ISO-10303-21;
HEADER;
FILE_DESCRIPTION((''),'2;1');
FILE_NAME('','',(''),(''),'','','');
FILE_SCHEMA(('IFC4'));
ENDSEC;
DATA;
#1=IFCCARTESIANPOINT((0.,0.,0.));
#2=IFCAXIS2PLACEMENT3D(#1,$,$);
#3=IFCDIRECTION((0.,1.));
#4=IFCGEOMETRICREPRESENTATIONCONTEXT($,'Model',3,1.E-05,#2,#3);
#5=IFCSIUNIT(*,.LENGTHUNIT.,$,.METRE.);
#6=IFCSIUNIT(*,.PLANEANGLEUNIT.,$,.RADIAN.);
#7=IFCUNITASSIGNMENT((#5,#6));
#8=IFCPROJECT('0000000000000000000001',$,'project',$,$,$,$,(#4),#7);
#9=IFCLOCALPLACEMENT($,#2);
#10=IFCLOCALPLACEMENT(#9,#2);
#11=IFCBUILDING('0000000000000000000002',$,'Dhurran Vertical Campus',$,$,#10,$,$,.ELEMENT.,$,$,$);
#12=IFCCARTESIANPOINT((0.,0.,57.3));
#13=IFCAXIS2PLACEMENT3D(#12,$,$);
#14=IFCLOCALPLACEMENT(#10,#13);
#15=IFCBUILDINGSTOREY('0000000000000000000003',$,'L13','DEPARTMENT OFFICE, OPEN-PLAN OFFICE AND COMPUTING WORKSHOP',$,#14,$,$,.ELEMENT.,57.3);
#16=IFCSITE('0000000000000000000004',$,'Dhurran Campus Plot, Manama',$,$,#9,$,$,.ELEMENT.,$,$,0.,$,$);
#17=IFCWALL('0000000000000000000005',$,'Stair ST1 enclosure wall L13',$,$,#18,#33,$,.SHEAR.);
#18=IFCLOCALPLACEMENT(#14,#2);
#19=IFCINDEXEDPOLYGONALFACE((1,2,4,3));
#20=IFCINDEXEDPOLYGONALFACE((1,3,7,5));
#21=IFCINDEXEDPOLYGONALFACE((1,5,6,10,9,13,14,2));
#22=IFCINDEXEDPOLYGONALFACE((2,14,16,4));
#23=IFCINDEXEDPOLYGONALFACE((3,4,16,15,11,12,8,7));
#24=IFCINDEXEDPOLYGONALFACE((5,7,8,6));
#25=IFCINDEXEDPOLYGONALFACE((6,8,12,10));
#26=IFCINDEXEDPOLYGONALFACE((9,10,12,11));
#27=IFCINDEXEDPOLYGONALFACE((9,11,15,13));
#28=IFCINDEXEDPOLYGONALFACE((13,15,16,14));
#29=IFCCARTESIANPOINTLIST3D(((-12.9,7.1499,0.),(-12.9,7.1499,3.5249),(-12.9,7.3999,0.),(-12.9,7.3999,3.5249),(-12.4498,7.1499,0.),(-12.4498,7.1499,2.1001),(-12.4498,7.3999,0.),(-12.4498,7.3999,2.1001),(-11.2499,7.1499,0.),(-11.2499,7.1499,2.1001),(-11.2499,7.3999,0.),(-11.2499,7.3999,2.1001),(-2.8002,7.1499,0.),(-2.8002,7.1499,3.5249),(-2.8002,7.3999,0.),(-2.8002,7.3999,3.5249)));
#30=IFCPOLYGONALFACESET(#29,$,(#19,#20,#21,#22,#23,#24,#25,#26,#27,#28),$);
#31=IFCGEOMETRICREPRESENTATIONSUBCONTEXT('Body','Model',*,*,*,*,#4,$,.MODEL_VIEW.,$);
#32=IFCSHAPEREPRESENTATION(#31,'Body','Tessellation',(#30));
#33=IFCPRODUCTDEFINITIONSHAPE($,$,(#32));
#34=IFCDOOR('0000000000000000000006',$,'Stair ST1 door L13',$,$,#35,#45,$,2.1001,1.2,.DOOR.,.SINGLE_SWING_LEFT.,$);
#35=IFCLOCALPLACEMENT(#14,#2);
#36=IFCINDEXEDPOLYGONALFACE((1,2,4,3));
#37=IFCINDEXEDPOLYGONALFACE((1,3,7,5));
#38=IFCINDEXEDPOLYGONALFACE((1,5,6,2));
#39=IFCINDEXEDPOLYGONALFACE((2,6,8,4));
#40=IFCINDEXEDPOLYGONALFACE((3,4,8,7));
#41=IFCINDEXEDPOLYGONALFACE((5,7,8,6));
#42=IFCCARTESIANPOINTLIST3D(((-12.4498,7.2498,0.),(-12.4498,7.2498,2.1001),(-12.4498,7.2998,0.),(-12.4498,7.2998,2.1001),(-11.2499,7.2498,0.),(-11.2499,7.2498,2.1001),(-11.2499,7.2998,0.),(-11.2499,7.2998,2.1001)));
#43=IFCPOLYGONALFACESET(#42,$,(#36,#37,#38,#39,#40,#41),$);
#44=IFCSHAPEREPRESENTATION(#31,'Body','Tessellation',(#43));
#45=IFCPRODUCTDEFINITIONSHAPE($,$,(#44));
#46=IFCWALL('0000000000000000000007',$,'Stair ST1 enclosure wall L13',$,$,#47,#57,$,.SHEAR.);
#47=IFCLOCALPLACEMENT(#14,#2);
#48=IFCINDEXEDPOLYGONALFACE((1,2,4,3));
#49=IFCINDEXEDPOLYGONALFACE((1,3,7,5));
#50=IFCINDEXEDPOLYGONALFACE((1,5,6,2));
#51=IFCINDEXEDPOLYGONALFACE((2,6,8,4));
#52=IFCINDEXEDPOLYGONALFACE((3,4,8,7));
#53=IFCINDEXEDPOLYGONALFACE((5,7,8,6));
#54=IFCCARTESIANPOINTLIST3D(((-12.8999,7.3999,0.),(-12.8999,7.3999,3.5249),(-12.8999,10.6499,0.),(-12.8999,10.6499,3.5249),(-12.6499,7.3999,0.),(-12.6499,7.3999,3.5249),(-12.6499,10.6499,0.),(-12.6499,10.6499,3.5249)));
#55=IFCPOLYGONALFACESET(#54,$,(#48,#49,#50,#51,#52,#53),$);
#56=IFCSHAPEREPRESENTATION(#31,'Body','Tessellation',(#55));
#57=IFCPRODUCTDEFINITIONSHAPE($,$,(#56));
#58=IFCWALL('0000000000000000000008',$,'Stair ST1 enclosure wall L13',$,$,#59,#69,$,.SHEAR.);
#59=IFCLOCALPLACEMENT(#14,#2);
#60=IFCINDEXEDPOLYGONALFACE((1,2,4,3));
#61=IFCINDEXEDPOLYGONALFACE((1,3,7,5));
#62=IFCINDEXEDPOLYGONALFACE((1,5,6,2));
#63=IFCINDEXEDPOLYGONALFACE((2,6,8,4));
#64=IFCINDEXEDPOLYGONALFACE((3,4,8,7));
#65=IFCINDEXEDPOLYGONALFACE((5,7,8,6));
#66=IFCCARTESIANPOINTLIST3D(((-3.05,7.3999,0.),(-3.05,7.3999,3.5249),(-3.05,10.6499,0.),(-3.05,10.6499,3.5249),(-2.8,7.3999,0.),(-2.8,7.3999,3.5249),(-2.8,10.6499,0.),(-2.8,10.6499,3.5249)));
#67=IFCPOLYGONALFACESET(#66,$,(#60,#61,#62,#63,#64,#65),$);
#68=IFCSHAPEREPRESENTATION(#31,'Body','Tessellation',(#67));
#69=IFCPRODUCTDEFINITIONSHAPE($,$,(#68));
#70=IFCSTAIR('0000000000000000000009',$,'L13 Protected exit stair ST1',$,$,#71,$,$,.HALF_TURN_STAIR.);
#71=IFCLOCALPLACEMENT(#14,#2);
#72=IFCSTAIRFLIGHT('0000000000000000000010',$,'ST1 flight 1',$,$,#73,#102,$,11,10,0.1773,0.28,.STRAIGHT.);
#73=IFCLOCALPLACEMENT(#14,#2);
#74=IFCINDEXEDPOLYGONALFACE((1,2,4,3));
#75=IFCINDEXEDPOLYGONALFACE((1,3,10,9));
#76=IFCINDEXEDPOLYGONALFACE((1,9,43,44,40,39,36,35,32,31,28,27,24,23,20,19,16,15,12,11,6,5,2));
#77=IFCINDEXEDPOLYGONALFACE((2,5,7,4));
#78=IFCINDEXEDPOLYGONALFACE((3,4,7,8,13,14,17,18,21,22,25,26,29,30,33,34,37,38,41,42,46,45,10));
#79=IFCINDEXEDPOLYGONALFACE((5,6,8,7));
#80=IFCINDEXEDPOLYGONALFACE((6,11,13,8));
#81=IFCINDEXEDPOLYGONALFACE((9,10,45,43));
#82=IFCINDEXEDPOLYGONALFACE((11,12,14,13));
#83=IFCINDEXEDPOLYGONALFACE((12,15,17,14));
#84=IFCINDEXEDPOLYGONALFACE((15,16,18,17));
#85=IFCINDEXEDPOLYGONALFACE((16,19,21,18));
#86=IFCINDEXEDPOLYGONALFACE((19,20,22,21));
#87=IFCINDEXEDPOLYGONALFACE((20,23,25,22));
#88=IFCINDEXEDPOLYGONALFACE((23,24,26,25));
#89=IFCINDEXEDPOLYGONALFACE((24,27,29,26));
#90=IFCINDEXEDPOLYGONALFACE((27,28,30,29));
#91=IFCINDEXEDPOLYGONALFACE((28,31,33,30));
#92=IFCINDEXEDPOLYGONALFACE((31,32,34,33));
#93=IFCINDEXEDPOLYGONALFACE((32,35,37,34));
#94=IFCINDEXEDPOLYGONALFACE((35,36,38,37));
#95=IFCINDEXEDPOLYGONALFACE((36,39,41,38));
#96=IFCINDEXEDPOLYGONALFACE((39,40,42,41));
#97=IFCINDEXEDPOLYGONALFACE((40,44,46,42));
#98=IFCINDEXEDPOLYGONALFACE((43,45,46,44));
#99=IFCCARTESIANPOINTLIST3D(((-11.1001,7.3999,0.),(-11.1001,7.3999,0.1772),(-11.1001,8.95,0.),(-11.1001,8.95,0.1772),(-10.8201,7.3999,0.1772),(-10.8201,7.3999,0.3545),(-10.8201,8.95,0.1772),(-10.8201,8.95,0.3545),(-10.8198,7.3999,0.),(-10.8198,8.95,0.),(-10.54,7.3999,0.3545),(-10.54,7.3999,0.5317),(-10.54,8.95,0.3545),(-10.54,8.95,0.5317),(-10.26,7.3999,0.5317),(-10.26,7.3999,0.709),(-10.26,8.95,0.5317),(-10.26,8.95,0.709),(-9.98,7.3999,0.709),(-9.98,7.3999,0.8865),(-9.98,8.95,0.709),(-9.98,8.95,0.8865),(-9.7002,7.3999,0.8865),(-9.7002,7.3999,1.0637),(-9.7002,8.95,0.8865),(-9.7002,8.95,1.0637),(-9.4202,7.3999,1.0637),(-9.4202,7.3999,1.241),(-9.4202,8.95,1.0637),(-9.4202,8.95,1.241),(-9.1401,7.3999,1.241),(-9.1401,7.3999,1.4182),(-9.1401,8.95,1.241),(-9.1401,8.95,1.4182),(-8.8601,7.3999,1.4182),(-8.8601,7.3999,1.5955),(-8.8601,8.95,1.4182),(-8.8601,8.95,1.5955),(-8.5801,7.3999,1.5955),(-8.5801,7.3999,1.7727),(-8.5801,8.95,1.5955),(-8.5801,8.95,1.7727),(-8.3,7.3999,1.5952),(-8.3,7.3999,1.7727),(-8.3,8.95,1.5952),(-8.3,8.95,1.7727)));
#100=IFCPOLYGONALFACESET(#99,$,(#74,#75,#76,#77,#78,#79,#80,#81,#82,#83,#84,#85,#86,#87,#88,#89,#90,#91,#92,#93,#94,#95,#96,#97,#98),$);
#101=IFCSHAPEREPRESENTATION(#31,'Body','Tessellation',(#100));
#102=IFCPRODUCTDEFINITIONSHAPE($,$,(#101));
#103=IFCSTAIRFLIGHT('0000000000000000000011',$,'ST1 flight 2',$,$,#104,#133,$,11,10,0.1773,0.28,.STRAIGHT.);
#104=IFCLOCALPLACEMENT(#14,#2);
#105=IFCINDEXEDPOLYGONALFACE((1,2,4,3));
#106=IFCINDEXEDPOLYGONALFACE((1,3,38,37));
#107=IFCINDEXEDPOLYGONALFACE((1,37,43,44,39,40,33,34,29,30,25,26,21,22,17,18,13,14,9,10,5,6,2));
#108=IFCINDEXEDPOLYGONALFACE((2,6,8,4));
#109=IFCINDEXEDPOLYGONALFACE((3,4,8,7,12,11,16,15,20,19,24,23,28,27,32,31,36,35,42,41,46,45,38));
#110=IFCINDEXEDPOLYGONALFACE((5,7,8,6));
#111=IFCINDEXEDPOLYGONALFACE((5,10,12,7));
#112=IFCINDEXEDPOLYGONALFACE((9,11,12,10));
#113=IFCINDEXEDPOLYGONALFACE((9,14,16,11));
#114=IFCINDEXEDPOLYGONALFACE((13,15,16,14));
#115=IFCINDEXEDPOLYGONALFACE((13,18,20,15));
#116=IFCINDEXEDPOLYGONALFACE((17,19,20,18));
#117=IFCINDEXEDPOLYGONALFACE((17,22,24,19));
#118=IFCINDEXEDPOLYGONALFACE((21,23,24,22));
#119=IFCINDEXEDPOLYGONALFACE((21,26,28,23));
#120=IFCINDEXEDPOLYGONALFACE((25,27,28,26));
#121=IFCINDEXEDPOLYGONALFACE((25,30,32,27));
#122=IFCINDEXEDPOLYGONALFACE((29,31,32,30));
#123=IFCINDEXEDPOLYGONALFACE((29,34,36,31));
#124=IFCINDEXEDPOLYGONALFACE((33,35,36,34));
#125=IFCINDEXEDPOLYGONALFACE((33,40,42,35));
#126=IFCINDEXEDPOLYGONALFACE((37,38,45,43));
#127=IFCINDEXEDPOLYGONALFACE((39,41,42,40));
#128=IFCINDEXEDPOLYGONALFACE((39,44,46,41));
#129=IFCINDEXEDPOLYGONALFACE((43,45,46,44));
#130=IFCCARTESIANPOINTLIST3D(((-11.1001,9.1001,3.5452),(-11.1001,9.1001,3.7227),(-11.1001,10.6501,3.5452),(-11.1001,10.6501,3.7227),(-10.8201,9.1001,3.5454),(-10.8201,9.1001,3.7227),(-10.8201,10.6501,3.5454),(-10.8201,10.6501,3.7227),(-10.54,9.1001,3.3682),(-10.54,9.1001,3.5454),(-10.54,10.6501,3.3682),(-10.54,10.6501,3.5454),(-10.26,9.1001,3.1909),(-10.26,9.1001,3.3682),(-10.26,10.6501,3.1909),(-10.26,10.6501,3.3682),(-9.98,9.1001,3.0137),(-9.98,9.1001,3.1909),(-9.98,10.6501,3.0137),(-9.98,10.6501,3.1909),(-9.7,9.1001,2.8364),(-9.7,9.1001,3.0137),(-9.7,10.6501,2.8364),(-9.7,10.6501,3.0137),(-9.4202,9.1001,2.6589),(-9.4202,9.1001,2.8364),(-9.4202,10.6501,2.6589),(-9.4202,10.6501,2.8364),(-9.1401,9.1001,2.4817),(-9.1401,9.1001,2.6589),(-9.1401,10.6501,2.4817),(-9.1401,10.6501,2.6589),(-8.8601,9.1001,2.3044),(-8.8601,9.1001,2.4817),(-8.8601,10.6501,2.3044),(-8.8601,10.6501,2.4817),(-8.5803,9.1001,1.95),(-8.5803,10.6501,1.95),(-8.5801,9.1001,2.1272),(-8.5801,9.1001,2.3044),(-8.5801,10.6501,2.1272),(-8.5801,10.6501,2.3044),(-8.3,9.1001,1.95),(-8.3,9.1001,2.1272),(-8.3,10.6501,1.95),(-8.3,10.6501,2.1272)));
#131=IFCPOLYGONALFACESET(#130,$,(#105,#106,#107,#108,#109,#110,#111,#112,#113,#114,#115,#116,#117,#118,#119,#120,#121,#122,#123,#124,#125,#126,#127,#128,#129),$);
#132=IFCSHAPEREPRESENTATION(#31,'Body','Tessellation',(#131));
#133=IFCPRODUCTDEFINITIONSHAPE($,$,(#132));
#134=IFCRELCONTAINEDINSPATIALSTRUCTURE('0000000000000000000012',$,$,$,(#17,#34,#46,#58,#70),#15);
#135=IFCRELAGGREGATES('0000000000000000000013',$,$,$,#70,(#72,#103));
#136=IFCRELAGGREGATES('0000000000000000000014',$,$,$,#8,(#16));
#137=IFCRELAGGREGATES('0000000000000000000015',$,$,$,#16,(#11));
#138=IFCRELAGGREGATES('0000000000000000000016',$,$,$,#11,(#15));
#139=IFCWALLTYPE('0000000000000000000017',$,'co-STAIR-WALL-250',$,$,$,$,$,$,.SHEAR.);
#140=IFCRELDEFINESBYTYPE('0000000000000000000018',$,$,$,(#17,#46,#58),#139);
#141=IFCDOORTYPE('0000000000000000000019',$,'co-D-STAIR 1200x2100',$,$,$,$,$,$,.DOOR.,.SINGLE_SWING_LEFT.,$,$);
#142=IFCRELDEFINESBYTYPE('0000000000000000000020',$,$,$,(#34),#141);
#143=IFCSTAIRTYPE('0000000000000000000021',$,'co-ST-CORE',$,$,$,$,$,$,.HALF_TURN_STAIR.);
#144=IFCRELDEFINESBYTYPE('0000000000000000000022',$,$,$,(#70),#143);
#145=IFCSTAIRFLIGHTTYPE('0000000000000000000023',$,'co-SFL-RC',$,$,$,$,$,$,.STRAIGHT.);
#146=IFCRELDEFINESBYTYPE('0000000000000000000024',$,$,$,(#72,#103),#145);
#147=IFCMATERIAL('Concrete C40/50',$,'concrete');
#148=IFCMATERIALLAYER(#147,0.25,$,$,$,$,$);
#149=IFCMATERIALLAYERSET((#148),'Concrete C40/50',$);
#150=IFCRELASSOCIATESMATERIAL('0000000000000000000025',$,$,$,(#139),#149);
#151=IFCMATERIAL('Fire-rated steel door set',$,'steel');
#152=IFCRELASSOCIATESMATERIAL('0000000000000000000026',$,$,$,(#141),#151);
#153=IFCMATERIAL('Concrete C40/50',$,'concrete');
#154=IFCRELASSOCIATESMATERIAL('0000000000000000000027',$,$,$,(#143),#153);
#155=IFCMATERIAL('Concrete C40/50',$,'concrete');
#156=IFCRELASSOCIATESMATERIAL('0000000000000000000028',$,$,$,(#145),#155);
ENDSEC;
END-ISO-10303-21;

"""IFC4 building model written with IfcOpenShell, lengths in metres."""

from ifc_helpers import new_model, si_unit, direction, frame, frame_2d, origin, place, context, subcontext, project, spatial, polyline, rectangle, outline, extrude, material, layer, layer_set, type_object, element, fill, aggregate, save


model = new_model("IFC4")

# Units and contexts
model_context = context("Model", 3, precision=1e-05, world=origin(), true_north=direction((0.0, 1.0)))
body_context = subcontext(model_context, "Body", "Model", "MODEL_VIEW")
ifc_project = project(units=[si_unit("LENGTHUNIT", "METRE"), si_unit("PLANEANGLEUNIT", "RADIAN")], contexts=[model_context])

# Site, building, storey
site_placement = place(None, origin())
site = spatial("IfcSite", under=ifc_project, at=site_placement, Name="Dhurran Campus Plot, Manama", CompositionType="ELEMENT", RefElevation=0.0)
building_placement = place(site_placement, origin())
building = spatial("IfcBuilding", under=site, at=building_placement, Name="Dhurran Vertical Campus", CompositionType="ELEMENT")
storey_placement = place(building_placement, frame((0.0, 0.0, 57.3)))
storey = spatial("IfcBuildingStorey", under=building, at=storey_placement, Name="L13", Description="DEPARTMENT OFFICE, OPEN-PLAN OFFICE AND COMPUTING WORKSHOP", CompositionType="ELEMENT", Elevation=57.3)

# Wall, opening, door
ifc_material_1 = material(Name="Concrete C40/50", Category="concrete")
ifc_layer_1 = layer(ifc_material_1, 0.25)
ifc_layer_set_1 = layer_set([ifc_layer_1], Name="Concrete C40/50")
wall_type_1 = type_object("IfcWallType", Name="co-STAIR-WALL-250", PredefinedType="SHEAR", material=ifc_layer_set_1)
wall_1_placement = place(storey_placement, frame((-12.8999, 7.2749, 0.0), z_axis=(0.0, 0.0, 1.0), x_axis=(1.0, 0.0, 0.0)))
wall_1 = element("IfcWall", 1, at=wall_1_placement, inside=storey, type_object=wall_type_1, Name="Stair ST1 enclosure wall L13", PredefinedType="SHEAR", context=body_context, shape_type="SweptSolid", body=[
    extrude(rectangle(XDim=10.0999, YDim=0.25, at=frame_2d((5.0498, 0.0))), origin(), (0.0, 0.0, 1.0), 3.5249),
])
opening_1_placement = place(wall_1_placement, frame((0.45, 0.0, 0.0)))
opening_1 = element("IfcOpeningElement", 2, at=opening_1_placement, cuts=wall_1, PredefinedType="OPENING", context=body_context, shape_type="SweptSolid", body=[
    extrude(rectangle(XDim=1.2, YDim=2.1001, at=frame_2d((0.6001, 1.05))), frame((0.0, 0.135, 0.0), z_axis=(0.0, -1.0, 0.0), x_axis=(1.0, 0.0, 0.0)), (0.0, 0.0, 1.0), 0.27),
])
ifc_material_2 = material(Name="Fire-rated steel door set", Category="steel")
door_type_1 = type_object("IfcDoorType", Name="co-D-STAIR 1200x2100", OperationType="SINGLE_SWING_LEFT", PredefinedType="DOOR", material=ifc_material_2)
door_1_placement = place(opening_1_placement, origin())
door_1 = element("IfcDoor", 3, at=door_1_placement, inside=storey, type_object=door_type_1, Name="Stair ST1 door L13", OperationType="SINGLE_SWING_LEFT", OverallHeight=2.1001, OverallWidth=1.2, PredefinedType="DOOR", context=body_context, shape_type="SweptSolid", body=[
    extrude(rectangle(XDim=1.2, YDim=2.1001, at=frame_2d((0.6001, 1.05))), frame((0.0, 0.0249, 0.0), z_axis=(0.0, -1.0, 0.0), x_axis=(1.0, 0.0, 0.0)), (0.0, 0.0, 1.0), 0.05),
])
fill(opening_1, door_1)

# Walls
for number, where, z_axis, x_axis, name in (
    (4, (-12.7749, 7.3999, 0.0), (0.0, 0.0, 1.0), (0.0, 1.0, 0.0), "Stair ST1 enclosure wall L13"),
    (5, (-2.925, 7.3999, 0.0), (0.0, 0.0, 1.0), (0.0, 1.0, 0.0), "Stair ST1 enclosure wall L13"),
):
    element("IfcWall", number, at=place(storey_placement, frame(where, z_axis=z_axis, x_axis=x_axis)), inside=storey, type_object=wall_type_1, Name=name, PredefinedType="SHEAR", context=body_context, shape_type="SweptSolid", body=[
        extrude(rectangle(XDim=3.25, YDim=0.25, at=frame_2d((1.625, 0.0))), origin(), (0.0, 0.0, 1.0), 3.5249),
    ])

# Stair, stair flights
ifc_material_3 = material(Name="Concrete C40/50", Category="concrete")
stair_type = type_object("IfcStairType", Name="co-ST-CORE", PredefinedType="HALF_TURN_STAIR", material=ifc_material_3)
stair_placement = place(storey_placement, origin())
stair = element("IfcStair", 6, at=stair_placement, inside=storey, type_object=stair_type, Name="L13 Protected exit stair ST1", PredefinedType="HALF_TURN_STAIR")
ifc_material_4 = material(Name="Concrete C40/50", Category="concrete")
stair_flight_type = type_object("IfcStairFlightType", Name="co-SFL-RC", PredefinedType="STRAIGHT", material=ifc_material_4)
stair_flight_1_placement = place(storey_placement, frame((-11.1001, 8.175, 0.0), z_axis=(0.0, 0.0, 1.0), x_axis=(1.0, 0.0, 0.0)))
stair_flight_1 = element("IfcStairFlight", 7, at=stair_flight_1_placement, type_object=stair_flight_type, Name="ST1 flight 1", NumberOfRisers=11, NumberOfTreads=10, PredefinedType="STRAIGHT", RiserHeight=0.1773, TreadLength=0.28, context=body_context, shape_type="SweptSolid", body=[
    extrude(outline(polyline([(0.0, 0.0), (0.0, 0.1772), (0.28, 0.1772), (0.28, 0.3545), (0.5601, 0.3545), (0.5601, 0.5317), (0.8401, 0.5317), (0.8401, 0.709), (1.1201, 0.709), (1.1201, 0.8865), (1.3999, 0.8865), (1.3999, 1.0637), (1.6799, 1.0637), (1.6799, 1.241), (1.96, 1.241), (1.96, 1.4182), (2.24, 1.4182), (2.24, 1.5955), (2.52, 1.5955), (2.52, 1.7727), (2.8, 1.7727), (2.8, 1.95), (2.8, 1.5952), (0.2803, 0.0), (0.0, 0.0)])), frame((0.0, 0.7749, 0.0), z_axis=(0.0, -1.0, 0.0), x_axis=(1.0, 0.0, 0.0)), (0.0, 0.0, 1.0), 1.55),
])
stair_flight_2_placement = place(storey_placement, frame((-8.3, 9.875, 1.95), z_axis=(0.0, 0.0, 1.0), x_axis=(-1.0, 0.0, 0.0)))
stair_flight_2 = element("IfcStairFlight", 8, at=stair_flight_2_placement, type_object=stair_flight_type, Name="ST1 flight 2", NumberOfRisers=11, NumberOfTreads=10, PredefinedType="STRAIGHT", RiserHeight=0.1773, TreadLength=0.28, context=body_context, shape_type="SweptSolid", body=[
    extrude(outline(polyline([(0.0, 0.0), (0.0, 0.1772), (0.28, 0.1772), (0.28, 0.3545), (0.5601, 0.3545), (0.5601, 0.5317), (0.8401, 0.5317), (0.8401, 0.709), (1.1201, 0.709), (1.1201, 0.8865), (1.3999, 0.8865), (1.3999, 1.0637), (1.6799, 1.0637), (1.6799, 1.241), (1.96, 1.241), (1.96, 1.4182), (2.24, 1.4182), (2.24, 1.5955), (2.52, 1.5955), (2.52, 1.7727), (2.8, 1.7727), (2.8, 1.95), (2.8, 1.5952), (0.2803, 0.0), (0.0, 0.0)])), frame((0.0, 0.7749, 0.0), z_axis=(0.0, -1.0, 0.0), x_axis=(1.0, 0.0, 0.0)), (0.0, 0.0, 1.0), 1.55),
])
aggregate(stair, [stair_flight_1, stair_flight_2])

save(model, "model.ifc")
